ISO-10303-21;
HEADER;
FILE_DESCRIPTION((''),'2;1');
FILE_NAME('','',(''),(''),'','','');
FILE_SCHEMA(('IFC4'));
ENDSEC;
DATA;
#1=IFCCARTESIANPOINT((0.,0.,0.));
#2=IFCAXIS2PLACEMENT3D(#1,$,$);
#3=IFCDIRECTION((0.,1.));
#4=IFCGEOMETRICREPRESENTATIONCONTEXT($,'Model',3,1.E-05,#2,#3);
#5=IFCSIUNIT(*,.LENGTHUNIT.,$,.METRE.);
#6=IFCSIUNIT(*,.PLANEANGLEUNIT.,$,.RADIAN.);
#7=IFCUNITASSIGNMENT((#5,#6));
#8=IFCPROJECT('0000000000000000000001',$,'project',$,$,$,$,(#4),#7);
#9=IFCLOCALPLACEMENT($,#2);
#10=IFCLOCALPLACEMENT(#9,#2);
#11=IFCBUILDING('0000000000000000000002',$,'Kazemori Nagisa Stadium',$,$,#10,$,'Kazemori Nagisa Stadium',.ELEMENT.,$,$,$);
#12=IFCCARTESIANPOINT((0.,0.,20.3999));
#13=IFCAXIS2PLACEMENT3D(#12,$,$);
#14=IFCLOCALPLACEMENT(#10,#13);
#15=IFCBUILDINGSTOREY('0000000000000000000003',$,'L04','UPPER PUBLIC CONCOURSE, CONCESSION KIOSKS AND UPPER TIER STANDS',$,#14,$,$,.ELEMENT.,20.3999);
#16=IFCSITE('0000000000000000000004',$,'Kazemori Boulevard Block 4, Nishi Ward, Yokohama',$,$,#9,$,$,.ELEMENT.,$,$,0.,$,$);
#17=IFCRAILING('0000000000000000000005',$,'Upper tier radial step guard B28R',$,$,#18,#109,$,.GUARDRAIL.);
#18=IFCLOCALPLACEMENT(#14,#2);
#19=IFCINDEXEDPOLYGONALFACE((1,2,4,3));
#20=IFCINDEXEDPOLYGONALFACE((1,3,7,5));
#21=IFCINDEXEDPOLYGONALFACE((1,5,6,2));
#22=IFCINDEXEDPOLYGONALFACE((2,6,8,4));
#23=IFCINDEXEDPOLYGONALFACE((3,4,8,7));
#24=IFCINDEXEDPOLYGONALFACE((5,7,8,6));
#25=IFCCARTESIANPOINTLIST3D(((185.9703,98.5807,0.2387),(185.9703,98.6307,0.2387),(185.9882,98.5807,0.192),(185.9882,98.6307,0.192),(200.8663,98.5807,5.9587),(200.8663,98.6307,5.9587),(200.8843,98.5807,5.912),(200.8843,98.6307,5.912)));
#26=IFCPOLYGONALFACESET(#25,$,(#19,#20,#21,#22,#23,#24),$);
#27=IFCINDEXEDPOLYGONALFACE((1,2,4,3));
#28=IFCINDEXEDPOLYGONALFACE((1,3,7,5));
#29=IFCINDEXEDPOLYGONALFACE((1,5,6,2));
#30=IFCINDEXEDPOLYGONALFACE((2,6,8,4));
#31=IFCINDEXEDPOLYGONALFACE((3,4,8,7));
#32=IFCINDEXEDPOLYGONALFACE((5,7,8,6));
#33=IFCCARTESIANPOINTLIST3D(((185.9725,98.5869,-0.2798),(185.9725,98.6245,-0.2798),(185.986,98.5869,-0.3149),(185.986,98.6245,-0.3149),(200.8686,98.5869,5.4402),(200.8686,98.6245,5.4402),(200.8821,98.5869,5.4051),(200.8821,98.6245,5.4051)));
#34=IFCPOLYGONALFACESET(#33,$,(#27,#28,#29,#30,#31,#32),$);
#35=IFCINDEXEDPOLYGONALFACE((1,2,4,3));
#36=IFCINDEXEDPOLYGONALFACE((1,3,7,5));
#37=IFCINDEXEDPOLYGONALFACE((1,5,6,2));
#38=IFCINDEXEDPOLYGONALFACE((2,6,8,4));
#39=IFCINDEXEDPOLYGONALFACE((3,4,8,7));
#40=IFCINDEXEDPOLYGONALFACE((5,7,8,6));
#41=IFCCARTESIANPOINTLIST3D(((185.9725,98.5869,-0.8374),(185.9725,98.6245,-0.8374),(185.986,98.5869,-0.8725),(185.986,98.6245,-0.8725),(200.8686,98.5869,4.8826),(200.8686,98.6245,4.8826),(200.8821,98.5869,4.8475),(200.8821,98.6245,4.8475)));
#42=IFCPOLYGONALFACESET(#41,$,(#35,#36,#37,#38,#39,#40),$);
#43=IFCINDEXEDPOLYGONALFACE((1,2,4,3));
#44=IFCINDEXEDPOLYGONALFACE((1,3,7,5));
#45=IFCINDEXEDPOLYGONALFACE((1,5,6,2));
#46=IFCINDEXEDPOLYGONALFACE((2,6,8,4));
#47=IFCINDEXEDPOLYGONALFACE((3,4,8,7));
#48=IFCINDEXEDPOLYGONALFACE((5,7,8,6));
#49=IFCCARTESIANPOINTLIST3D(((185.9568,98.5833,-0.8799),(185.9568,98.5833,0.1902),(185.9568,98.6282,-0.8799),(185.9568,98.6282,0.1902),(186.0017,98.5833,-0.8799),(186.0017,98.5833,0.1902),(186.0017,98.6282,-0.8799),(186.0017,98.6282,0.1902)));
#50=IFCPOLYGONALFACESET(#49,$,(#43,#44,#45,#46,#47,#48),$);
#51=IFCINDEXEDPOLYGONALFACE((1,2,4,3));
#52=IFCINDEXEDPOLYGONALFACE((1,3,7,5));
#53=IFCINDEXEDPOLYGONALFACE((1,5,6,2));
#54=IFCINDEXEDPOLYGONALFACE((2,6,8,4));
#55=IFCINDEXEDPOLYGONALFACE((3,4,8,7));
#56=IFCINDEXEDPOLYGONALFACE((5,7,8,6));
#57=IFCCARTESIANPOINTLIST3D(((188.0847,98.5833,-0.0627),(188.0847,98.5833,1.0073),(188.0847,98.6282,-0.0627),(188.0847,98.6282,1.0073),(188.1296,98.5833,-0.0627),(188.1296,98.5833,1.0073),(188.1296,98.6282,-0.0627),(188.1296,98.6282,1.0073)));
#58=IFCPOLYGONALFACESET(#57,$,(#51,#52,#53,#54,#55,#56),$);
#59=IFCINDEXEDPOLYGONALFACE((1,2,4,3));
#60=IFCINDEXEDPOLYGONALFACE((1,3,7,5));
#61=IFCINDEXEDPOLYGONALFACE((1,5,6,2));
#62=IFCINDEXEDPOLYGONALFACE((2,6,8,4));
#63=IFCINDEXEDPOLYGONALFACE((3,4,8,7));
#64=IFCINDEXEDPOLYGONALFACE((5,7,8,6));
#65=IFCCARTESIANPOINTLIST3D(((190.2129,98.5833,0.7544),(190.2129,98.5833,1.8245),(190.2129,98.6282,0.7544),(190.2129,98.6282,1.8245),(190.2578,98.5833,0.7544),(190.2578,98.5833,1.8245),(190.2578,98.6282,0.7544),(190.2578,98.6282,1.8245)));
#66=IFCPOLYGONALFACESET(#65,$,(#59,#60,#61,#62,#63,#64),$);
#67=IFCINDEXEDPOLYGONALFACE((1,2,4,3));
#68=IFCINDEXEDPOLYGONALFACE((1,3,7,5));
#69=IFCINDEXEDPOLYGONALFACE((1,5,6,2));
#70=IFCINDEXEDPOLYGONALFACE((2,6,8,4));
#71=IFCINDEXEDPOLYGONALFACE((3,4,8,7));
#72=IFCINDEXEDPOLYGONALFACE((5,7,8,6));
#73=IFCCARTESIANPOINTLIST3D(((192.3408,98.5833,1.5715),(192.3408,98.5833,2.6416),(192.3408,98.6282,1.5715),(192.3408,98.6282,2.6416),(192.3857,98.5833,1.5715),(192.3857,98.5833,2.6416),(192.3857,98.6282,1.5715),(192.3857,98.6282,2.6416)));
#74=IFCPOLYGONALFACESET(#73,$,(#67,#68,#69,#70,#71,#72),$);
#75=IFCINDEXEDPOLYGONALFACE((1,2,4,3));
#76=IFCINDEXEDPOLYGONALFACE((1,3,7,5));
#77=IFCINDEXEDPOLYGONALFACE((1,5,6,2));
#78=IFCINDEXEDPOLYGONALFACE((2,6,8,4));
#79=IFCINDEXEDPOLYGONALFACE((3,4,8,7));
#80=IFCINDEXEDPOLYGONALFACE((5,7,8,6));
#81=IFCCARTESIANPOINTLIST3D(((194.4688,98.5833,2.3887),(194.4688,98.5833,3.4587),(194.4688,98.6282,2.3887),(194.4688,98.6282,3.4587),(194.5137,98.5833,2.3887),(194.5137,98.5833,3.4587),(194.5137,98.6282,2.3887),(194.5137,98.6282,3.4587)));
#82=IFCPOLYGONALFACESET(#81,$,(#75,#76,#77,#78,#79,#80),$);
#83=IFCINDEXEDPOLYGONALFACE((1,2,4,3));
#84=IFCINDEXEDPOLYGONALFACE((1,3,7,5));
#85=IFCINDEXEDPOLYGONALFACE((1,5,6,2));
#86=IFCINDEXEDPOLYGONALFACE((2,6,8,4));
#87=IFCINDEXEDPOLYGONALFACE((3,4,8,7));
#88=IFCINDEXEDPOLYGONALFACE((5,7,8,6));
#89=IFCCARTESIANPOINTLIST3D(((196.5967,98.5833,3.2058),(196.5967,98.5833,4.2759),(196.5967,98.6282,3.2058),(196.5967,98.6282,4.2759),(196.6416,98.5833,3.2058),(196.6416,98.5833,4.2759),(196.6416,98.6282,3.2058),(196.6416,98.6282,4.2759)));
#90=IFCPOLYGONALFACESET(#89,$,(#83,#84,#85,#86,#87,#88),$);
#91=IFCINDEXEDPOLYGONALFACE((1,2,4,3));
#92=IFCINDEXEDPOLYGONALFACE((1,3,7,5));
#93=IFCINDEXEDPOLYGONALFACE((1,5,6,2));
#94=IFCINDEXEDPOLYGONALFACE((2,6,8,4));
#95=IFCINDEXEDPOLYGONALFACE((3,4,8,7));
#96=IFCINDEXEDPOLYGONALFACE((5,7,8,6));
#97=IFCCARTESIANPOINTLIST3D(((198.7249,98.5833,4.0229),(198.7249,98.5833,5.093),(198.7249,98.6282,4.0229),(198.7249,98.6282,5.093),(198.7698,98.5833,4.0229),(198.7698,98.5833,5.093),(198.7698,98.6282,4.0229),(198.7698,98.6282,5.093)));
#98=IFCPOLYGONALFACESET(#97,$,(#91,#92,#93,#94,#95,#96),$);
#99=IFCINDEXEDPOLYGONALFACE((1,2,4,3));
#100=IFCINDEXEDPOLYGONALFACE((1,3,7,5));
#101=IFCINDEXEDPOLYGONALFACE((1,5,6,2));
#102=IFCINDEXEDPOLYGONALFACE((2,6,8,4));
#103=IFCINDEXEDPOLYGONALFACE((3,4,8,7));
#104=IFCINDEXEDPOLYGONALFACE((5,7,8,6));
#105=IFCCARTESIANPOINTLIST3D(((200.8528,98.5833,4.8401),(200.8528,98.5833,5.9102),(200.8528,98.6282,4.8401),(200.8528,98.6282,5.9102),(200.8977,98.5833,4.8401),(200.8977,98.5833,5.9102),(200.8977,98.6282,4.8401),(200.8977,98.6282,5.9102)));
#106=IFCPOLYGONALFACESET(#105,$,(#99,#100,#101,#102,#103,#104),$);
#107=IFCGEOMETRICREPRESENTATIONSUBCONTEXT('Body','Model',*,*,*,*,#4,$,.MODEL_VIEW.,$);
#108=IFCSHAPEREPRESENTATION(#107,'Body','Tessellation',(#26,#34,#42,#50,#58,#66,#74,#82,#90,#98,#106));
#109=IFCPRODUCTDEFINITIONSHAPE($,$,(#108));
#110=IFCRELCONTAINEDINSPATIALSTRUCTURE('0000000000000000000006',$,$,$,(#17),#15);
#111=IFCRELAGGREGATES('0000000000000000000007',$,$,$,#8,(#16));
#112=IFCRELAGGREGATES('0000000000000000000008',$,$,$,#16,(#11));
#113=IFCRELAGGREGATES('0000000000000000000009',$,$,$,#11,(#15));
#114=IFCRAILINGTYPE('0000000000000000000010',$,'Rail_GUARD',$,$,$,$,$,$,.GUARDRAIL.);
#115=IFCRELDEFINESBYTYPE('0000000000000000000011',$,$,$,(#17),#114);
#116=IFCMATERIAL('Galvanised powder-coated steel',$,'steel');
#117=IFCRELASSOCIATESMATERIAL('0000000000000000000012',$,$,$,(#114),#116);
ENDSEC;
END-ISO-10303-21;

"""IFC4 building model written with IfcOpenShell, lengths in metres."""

from ifc_helpers import new_model, si_unit, direction, frame, origin, origin_2d, place, context, subcontext, project, spatial, rectangle, extrude, material, type_object, element, save


model = new_model("IFC4")

# Units and contexts
model_context = context("Model", 3, precision=1e-05, world=origin(), true_north=direction((0.0, 1.0)))
body_context = subcontext(model_context, "Body", "Model", "MODEL_VIEW")
ifc_project = project(units=[si_unit("LENGTHUNIT", "METRE"), si_unit("PLANEANGLEUNIT", "RADIAN")], contexts=[model_context])

# Site, building, storey
site_placement = place(None, origin())
site = spatial("IfcSite", under=ifc_project, at=site_placement, Name="Kazemori Boulevard Block 4, Nishi Ward, Yokohama", CompositionType="ELEMENT", RefElevation=0.0)
building_placement = place(site_placement, origin())
building = spatial("IfcBuilding", under=site, at=building_placement, Name="Kazemori Nagisa Stadium", LongName="Kazemori Nagisa Stadium", CompositionType="ELEMENT")
storey_placement = place(building_placement, frame((0.0, 0.0, 20.3999)))
storey = spatial("IfcBuildingStorey", under=building, at=storey_placement, Name="L04", Description="UPPER PUBLIC CONCOURSE, CONCESSION KIOSKS AND UPPER TIER STANDS", CompositionType="ELEMENT", Elevation=20.3999)

# Railing
ifc_material_1 = material(Name="Galvanised powder-coated steel", Category="steel")
railing_type = type_object("IfcRailingType", Name="Rail_GUARD", PredefinedType="GUARDRAIL", material=ifc_material_1)
railing_1_placement = place(storey_placement, frame((185.9792, 98.6057, -0.8799)))
element("IfcRailing", 1, at=railing_1_placement, inside=storey, type_object=railing_type, Name="Upper tier radial step guard B28R", PredefinedType="GUARDRAIL", context=body_context, shape_type="SweptSolid", body=[
    extrude(rectangle(XDim=0.05, YDim=0.05, at=origin_2d()), frame((0.0, 0.0, 1.0952), z_axis=(0.93354, 0.0, 0.358474), x_axis=(0.0, 1.0, 0.0)), (0.0, 0.0, 1.0), 15.9565),
    extrude(rectangle(XDim=0.0376, YDim=0.0376, at=origin_2d()), frame((0.0, 0.0, 0.5825), z_axis=(0.93354, 0.0, 0.358474), x_axis=(0.0, 1.0, 0.0)), (0.0, 0.0, 1.0), 15.9565),
    extrude(rectangle(XDim=0.0376, YDim=0.0376, at=origin_2d()), frame((0.0, 0.0, 0.0249), z_axis=(0.93354, 0.0, 0.358474), x_axis=(0.0, 1.0, 0.0)), (0.0, 0.0, 1.0), 15.9565),
    extrude(rectangle(XDim=0.0449, YDim=0.0449, at=origin_2d()), origin(), (0.0, 0.0, 1.0), 1.0701),
    extrude(rectangle(XDim=0.0449, YDim=0.0449, at=origin_2d()), frame((2.1279, 0.0, 0.8171)), (0.0, 0.0, 1.0), 1.0701),
    extrude(rectangle(XDim=0.0449, YDim=0.0449, at=origin_2d()), frame((4.2561, 0.0, 1.6343)), (0.0, 0.0, 1.0), 1.0701),
    extrude(rectangle(XDim=0.0449, YDim=0.0449, at=origin_2d()), frame((6.384, 0.0, 2.4514)), (0.0, 0.0, 1.0), 1.0701),
    extrude(rectangle(XDim=0.0449, YDim=0.0449, at=origin_2d()), frame((8.512, 0.0, 3.2686)), (0.0, 0.0, 1.0), 1.0701),
    extrude(rectangle(XDim=0.0449, YDim=0.0449, at=origin_2d()), frame((10.6399, 0.0, 4.0857)), (0.0, 0.0, 1.0), 1.0701),
    extrude(rectangle(XDim=0.0449, YDim=0.0449, at=origin_2d()), frame((12.7681, 0.0, 4.9028)), (0.0, 0.0, 1.0), 1.0701),
    extrude(rectangle(XDim=0.0449, YDim=0.0449, at=origin_2d()), frame((14.896, 0.0, 5.72)), (0.0, 0.0, 1.0), 1.0701),
])

save(model, "model.ifc")
